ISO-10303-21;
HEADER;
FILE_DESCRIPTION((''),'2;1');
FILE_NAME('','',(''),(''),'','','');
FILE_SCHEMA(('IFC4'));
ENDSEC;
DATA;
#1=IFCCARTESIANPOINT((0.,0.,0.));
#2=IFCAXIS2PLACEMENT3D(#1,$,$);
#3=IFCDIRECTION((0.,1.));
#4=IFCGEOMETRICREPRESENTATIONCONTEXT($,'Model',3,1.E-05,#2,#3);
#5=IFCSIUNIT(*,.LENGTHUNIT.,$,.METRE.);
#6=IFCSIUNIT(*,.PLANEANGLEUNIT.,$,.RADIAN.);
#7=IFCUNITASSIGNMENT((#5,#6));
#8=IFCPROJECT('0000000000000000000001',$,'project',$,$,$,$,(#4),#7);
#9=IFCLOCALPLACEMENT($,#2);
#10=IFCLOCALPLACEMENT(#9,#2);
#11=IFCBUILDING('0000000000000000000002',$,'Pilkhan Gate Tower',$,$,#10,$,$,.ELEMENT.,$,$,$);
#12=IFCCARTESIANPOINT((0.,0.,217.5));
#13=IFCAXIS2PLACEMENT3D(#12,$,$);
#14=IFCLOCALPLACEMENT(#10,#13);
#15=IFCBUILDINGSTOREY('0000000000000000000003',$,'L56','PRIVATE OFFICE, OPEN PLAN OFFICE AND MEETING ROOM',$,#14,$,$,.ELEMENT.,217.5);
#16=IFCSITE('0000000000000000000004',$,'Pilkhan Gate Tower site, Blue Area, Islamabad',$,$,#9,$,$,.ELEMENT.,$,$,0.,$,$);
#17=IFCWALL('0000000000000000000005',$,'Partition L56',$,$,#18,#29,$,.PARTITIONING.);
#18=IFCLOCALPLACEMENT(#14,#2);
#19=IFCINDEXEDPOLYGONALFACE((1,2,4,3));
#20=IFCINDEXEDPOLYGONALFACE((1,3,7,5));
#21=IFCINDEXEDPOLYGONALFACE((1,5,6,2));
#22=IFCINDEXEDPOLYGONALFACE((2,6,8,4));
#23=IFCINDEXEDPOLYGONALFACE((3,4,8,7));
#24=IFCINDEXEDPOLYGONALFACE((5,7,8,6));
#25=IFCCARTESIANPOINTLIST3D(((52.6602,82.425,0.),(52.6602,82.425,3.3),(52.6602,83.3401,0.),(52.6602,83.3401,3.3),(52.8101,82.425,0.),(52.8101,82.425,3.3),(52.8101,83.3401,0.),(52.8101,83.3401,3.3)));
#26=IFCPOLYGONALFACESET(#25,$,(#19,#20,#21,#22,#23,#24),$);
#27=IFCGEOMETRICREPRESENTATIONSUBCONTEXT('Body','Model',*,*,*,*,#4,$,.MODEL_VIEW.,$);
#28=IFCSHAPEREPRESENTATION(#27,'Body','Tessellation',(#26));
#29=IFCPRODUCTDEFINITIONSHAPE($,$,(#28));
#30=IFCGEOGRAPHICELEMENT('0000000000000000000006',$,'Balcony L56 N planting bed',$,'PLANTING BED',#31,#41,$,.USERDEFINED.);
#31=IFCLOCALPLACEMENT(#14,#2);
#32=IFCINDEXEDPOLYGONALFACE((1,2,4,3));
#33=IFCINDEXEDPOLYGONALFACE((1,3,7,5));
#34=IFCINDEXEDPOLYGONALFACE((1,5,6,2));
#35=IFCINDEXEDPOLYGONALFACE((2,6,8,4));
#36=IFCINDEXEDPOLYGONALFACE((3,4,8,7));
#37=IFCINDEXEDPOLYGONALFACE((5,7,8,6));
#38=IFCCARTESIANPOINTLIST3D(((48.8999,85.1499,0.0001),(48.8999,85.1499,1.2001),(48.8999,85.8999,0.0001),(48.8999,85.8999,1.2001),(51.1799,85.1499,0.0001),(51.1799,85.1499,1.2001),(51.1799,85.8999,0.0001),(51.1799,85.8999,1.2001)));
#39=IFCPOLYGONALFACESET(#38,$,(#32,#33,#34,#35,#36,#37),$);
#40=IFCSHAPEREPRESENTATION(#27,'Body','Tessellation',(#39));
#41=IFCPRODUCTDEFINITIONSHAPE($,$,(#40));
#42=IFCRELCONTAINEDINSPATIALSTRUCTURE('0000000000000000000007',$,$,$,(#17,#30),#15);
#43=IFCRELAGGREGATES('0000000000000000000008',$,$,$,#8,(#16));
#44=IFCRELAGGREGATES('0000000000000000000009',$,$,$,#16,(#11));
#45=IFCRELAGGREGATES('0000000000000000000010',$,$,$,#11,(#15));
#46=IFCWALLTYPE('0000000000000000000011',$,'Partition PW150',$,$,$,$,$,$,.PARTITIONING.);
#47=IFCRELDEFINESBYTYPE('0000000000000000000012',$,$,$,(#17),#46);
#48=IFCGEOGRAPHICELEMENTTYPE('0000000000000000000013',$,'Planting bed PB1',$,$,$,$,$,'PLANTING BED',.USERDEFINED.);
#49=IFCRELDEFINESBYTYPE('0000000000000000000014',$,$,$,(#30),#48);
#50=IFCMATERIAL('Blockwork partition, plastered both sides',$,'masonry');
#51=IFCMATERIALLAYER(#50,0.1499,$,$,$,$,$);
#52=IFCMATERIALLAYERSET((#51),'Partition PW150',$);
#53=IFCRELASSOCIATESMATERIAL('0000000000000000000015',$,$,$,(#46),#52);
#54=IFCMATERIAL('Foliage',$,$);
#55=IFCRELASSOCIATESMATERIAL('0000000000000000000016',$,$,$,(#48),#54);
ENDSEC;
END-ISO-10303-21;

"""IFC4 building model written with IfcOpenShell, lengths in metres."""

from ifc_helpers import new_model, si_unit, direction, frame, frame_2d, origin, origin_2d, place, context, subcontext, project, spatial, rectangle, extrude, material, layer, layer_set, material_profile, profile_set, type_object, element, save


model = new_model("IFC4")

# Units and contexts
model_context = context("Model", 3, precision=1e-05, world=origin(), true_north=direction((0.0, 1.0)))
body_context = subcontext(model_context, "Body", "Model", "MODEL_VIEW")
ifc_project = project(units=[si_unit("LENGTHUNIT", "METRE"), si_unit("PLANEANGLEUNIT", "RADIAN")], contexts=[model_context])

# Site, building, storey
site_placement = place(None, origin())
site = spatial("IfcSite", under=ifc_project, at=site_placement, Name="Pilkhan Gate Tower site, Blue Area, Islamabad", CompositionType="ELEMENT", RefElevation=0.0)
building_placement = place(site_placement, origin())
building = spatial("IfcBuilding", under=site, at=building_placement, Name="Pilkhan Gate Tower", CompositionType="ELEMENT")
storey_placement = place(building_placement, frame((0.0, 0.0, 217.5)))
storey = spatial("IfcBuildingStorey", under=building, at=storey_placement, Name="L56", Description="PRIVATE OFFICE, OPEN PLAN OFFICE AND MEETING ROOM", CompositionType="ELEMENT", Elevation=217.5)

# Wall
ifc_material_1 = material(Name="Blockwork partition, plastered both sides", Category="masonry")
ifc_layer_1 = layer(ifc_material_1, 0.1499)
ifc_layer_set_1 = layer_set([ifc_layer_1], Name="Partition PW150")
wall_type_1 = type_object("IfcWallType", Name="Partition PW150", PredefinedType="PARTITIONING", material=ifc_layer_set_1)
wall_1_placement = place(storey_placement, frame((52.7351, 82.425, 0.0), z_axis=(0.0, 0.0, 1.0), x_axis=(0.0, 1.0, 0.0)))
element("IfcWall", 1, at=wall_1_placement, inside=storey, type_object=wall_type_1, Name="Partition L56", PredefinedType="PARTITIONING", context=body_context, shape_type="SweptSolid", body=[
    extrude(rectangle(XDim=0.915, YDim=0.1499, at=frame_2d((0.4575, 0.0))), origin(), (0.0, 0.0, 1.0), 3.3),
])

# Geographic element
ifc_material_2 = material(Name="Foliage")
ifc_material_profile_1 = material_profile(ifc_material_2, rectangle(XDim=0.75, YDim=1.2, at=origin_2d()), Name="Bed 750x1200")
ifc_profile_set_1 = profile_set([ifc_material_profile_1], Name="Foliage")
geographic_element_type = type_object("IfcGeographicElementType", Name="Planting bed PB1", ElementType="PLANTING BED", PredefinedType="USERDEFINED", material=ifc_profile_set_1)
geographic_element_placement = place(storey_placement, frame((48.8999, 85.5249, 0.6001), z_axis=(1.0, 0.0, 0.0), x_axis=(0.0, 1.0, 0.0)))
element("IfcGeographicElement", 2, at=geographic_element_placement, inside=storey, type_object=geographic_element_type, Name="Balcony L56 N planting bed", ObjectType="PLANTING BED", PredefinedType="USERDEFINED", context=body_context, shape_type="SweptSolid", body=[
    extrude(rectangle(XDim=0.75, YDim=1.2, at=origin_2d()), origin(), (0.0, 0.0, 1.0), 2.28),
])

save(model, "model.ifc")
